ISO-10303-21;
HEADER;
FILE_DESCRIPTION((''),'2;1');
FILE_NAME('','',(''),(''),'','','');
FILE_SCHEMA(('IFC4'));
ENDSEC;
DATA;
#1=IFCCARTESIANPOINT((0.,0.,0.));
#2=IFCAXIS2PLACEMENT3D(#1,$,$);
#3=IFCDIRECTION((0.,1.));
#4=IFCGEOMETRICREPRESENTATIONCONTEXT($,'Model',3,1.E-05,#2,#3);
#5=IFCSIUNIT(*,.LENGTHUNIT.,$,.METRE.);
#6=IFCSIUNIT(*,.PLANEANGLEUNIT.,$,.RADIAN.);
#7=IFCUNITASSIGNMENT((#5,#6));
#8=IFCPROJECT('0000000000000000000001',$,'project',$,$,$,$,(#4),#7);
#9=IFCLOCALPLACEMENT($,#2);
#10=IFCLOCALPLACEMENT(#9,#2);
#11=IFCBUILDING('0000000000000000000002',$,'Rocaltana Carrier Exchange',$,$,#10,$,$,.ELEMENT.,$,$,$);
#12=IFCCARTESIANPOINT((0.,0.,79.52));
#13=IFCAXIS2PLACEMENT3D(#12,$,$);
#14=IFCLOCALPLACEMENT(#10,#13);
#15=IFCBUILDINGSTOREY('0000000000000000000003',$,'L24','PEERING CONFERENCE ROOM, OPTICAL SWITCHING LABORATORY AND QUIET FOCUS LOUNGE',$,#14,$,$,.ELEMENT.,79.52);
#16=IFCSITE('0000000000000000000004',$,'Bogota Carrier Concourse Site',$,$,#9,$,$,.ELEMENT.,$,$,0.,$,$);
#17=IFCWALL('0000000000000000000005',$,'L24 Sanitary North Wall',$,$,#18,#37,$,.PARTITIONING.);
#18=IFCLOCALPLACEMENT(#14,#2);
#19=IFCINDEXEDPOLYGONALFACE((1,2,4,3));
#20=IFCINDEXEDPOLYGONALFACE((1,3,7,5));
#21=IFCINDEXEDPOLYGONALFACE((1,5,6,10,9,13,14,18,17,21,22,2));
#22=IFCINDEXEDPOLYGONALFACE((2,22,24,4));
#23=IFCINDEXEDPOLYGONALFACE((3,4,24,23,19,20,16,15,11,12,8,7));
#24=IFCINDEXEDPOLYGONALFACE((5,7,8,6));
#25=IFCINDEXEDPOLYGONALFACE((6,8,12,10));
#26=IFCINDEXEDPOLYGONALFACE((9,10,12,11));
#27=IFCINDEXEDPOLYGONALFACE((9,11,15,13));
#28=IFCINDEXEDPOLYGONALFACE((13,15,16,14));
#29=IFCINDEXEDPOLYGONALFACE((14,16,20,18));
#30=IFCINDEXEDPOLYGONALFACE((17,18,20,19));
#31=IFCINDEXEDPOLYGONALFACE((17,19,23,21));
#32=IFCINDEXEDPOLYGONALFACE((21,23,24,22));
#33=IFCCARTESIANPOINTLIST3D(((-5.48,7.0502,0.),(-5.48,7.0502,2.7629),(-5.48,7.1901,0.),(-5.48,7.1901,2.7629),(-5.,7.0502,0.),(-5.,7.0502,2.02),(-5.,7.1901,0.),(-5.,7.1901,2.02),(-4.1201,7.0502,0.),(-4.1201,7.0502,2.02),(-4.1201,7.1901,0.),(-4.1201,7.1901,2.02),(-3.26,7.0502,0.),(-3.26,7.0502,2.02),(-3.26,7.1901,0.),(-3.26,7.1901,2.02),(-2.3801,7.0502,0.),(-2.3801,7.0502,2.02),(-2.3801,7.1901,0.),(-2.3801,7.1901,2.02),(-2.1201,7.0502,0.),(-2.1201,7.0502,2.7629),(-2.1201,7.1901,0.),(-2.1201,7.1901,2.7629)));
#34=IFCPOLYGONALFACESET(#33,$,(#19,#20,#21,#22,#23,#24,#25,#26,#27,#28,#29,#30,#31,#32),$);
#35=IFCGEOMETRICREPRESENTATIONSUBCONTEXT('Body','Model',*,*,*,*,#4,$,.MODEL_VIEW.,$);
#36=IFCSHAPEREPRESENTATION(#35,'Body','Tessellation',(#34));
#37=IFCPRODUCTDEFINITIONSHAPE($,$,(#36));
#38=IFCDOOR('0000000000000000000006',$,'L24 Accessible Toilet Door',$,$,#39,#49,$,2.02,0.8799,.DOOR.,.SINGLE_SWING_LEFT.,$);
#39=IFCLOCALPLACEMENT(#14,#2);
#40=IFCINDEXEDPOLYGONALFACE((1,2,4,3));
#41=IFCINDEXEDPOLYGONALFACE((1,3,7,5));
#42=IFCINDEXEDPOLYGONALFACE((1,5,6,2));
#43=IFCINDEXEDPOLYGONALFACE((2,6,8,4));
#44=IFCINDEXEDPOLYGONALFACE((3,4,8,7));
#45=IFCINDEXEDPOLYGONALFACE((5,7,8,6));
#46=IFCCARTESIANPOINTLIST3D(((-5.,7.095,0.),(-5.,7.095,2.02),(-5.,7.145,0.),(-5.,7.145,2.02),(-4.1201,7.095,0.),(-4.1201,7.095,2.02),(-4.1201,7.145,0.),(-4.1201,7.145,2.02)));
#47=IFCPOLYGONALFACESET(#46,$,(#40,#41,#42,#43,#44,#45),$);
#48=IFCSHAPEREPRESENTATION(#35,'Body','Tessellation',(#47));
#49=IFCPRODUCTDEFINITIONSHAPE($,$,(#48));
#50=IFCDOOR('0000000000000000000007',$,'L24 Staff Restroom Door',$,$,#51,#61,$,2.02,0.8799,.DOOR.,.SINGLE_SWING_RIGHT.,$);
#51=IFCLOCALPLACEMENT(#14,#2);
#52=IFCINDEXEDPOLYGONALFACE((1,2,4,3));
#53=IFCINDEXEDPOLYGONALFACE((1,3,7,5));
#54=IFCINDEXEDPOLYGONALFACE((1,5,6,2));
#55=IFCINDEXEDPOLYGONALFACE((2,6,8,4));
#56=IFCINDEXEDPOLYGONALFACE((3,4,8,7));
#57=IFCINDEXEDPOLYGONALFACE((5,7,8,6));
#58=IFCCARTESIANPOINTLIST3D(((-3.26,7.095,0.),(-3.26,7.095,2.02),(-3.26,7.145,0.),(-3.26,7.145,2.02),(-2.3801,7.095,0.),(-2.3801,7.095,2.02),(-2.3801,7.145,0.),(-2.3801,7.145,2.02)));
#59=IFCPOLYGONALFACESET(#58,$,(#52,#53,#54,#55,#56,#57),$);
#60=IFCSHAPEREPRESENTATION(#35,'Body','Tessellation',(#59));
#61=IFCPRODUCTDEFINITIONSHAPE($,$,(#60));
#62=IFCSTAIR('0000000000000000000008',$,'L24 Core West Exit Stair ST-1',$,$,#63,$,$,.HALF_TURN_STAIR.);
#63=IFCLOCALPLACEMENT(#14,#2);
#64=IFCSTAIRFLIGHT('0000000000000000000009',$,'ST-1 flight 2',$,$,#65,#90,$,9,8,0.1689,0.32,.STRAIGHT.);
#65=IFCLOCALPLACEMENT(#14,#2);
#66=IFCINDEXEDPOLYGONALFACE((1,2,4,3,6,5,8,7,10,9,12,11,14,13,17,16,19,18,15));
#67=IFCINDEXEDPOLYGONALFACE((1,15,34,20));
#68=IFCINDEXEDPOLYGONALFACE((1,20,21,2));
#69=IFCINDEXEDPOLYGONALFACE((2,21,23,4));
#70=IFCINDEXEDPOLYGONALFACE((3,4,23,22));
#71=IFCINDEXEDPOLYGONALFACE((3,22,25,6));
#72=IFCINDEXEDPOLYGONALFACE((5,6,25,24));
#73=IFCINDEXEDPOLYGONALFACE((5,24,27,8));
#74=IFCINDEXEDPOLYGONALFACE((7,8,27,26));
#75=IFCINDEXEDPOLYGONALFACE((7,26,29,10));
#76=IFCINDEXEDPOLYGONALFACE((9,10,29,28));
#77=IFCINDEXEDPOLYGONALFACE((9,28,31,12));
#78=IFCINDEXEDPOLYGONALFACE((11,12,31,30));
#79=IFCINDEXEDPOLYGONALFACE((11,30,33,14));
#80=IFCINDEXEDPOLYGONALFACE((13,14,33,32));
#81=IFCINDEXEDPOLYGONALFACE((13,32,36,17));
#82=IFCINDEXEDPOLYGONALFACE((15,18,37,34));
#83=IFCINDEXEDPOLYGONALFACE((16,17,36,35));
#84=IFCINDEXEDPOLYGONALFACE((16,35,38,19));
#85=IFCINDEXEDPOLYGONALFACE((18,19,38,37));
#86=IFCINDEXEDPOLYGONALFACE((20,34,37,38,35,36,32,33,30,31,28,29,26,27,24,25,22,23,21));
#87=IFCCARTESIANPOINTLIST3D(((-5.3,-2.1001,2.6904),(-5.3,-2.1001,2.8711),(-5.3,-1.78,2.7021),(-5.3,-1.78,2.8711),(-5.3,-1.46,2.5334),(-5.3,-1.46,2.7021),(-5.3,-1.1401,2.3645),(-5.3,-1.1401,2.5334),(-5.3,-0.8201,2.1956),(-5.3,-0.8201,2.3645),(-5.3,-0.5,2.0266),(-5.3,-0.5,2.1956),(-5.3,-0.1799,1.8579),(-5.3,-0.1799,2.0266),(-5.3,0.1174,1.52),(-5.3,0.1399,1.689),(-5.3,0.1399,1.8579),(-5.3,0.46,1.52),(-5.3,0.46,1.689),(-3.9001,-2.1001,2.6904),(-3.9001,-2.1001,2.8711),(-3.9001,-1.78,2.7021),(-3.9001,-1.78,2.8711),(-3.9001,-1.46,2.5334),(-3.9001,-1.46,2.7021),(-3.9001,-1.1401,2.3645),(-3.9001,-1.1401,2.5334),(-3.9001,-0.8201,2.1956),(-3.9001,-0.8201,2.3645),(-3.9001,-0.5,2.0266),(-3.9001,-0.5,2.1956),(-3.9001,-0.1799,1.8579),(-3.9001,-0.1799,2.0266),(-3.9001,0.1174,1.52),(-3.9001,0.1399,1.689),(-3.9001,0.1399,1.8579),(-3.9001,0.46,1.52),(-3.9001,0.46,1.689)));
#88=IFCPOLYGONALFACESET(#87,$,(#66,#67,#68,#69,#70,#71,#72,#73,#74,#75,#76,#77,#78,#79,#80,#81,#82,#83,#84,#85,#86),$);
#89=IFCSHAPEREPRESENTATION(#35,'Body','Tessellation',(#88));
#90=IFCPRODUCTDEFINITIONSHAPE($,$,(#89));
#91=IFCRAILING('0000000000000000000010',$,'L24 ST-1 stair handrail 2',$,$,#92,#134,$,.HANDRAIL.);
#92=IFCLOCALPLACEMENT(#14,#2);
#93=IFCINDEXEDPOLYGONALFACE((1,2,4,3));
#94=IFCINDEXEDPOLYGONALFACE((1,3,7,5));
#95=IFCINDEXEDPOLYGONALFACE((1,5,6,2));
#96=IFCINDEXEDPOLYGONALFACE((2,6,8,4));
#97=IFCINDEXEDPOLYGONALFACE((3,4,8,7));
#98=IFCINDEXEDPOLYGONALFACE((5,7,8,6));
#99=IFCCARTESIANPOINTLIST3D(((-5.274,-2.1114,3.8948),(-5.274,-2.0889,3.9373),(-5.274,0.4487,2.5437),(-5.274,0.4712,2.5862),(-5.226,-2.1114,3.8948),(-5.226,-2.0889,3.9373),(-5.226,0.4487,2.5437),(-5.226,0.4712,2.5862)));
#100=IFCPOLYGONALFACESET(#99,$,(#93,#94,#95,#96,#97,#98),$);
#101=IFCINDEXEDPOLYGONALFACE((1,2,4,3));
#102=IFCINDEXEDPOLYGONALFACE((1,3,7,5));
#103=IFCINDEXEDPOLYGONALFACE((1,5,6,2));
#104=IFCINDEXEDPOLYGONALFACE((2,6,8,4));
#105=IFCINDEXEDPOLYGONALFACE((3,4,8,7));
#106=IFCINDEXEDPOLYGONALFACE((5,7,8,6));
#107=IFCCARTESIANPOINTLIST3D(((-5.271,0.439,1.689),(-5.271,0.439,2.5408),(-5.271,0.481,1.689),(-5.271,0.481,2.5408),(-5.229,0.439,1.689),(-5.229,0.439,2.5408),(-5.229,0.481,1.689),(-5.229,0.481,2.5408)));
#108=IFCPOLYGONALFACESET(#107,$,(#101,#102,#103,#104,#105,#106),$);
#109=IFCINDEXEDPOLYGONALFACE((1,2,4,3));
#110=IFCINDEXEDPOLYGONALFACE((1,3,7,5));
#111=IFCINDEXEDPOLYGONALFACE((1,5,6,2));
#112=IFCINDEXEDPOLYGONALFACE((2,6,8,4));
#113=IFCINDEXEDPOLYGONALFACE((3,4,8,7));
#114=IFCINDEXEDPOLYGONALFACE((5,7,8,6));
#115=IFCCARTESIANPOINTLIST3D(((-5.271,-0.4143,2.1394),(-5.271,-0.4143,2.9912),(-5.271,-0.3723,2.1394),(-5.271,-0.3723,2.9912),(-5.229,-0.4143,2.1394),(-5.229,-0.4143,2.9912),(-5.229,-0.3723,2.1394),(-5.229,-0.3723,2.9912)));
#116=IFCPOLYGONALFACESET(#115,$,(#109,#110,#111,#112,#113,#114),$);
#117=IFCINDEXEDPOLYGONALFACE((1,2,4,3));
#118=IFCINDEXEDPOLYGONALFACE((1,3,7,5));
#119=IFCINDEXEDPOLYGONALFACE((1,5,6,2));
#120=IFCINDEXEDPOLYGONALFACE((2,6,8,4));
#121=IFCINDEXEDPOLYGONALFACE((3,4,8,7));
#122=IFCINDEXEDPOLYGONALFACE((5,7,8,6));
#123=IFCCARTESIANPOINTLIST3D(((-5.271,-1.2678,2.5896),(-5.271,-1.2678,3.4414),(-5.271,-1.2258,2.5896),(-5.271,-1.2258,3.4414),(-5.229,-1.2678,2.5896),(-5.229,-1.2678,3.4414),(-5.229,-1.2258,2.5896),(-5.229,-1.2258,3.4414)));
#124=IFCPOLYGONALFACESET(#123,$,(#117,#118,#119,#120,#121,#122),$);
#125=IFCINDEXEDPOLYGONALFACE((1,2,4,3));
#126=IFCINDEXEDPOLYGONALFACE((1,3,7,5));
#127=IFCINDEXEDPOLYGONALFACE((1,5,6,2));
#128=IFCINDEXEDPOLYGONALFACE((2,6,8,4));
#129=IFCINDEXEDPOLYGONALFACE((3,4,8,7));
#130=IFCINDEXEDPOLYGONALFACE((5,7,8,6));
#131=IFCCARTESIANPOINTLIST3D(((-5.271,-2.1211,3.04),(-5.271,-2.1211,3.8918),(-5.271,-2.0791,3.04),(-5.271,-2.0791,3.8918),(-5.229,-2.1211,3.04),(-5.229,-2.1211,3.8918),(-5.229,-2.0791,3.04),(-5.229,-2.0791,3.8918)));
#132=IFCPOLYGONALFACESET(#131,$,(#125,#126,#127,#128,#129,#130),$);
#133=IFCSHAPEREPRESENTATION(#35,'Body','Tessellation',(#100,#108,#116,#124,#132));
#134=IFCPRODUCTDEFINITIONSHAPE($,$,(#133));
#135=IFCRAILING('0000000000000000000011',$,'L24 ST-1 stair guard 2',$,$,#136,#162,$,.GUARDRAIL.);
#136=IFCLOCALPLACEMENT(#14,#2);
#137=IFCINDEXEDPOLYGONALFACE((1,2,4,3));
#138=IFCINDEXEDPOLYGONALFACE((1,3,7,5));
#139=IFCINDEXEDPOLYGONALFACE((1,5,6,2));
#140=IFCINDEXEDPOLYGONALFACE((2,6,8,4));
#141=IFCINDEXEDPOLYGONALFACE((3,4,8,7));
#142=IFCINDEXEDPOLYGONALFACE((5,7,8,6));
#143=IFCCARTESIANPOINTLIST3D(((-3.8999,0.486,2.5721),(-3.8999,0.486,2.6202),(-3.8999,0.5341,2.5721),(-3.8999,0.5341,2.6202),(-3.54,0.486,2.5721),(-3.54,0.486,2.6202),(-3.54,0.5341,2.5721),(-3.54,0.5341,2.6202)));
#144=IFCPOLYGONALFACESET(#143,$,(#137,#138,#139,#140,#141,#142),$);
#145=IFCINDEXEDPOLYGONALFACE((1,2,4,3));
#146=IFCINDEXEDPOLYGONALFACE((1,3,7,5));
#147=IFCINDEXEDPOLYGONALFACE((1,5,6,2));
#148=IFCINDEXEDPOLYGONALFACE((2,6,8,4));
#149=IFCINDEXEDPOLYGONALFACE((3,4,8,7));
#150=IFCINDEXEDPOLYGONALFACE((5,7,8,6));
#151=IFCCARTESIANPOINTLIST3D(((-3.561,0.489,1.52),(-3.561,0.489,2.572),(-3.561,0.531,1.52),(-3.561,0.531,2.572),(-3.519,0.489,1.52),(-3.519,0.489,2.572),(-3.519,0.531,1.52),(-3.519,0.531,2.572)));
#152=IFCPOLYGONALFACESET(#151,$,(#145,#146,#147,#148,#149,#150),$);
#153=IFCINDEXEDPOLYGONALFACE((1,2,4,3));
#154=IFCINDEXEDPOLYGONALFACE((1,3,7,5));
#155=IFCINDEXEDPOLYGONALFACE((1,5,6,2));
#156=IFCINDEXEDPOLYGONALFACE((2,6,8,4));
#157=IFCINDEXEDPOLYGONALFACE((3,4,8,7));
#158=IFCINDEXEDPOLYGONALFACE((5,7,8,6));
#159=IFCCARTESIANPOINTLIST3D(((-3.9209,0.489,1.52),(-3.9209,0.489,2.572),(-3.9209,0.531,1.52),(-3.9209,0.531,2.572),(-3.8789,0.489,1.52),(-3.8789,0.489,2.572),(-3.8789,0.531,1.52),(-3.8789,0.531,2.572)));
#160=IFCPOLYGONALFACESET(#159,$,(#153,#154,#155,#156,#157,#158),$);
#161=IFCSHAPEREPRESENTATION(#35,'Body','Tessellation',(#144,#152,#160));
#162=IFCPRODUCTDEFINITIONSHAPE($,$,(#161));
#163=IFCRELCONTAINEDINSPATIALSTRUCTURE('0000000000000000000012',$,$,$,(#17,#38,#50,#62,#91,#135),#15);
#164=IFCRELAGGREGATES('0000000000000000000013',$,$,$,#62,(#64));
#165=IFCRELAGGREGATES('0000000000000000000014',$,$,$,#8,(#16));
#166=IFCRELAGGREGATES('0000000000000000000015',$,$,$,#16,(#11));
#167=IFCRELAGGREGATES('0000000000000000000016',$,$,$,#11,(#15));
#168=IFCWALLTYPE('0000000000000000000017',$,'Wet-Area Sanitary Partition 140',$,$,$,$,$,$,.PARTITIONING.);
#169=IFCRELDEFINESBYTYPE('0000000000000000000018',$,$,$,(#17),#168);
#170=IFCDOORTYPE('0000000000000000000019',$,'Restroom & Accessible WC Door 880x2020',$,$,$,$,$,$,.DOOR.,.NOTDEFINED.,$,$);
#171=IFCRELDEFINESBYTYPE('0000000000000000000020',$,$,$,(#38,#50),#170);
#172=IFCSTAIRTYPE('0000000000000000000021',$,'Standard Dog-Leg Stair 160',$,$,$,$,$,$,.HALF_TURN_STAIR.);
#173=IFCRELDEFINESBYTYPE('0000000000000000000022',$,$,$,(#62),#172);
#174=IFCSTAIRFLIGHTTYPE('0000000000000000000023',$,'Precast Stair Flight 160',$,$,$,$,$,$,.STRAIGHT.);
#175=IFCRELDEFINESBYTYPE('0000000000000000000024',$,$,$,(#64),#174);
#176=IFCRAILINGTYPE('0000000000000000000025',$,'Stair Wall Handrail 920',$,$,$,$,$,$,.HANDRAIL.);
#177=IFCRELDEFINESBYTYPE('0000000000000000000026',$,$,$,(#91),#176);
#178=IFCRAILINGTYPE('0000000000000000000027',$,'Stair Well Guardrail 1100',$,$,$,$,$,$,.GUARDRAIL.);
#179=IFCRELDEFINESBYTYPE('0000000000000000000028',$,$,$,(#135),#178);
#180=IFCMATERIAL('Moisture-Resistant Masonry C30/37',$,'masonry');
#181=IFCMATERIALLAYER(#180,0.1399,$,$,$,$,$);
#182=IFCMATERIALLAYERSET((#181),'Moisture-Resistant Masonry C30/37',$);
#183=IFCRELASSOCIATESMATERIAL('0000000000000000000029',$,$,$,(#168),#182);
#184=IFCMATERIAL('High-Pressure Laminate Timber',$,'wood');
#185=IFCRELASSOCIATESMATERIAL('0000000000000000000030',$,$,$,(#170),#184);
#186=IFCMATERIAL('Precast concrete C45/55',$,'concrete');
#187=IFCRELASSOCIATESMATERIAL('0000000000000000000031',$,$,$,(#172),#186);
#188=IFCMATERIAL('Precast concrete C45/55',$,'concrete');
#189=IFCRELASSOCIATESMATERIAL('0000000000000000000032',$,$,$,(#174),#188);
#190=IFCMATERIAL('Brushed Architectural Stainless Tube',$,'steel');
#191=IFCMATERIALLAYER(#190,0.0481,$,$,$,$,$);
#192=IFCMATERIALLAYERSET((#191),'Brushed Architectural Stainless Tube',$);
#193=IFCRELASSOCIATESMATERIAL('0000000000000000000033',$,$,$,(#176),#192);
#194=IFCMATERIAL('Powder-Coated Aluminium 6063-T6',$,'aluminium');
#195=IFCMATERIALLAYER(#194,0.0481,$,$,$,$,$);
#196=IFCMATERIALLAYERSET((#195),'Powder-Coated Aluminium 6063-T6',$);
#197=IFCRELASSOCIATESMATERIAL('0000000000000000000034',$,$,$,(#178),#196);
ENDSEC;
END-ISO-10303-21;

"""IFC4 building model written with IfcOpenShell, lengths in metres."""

from ifc_helpers import new_model, si_unit, direction, frame, frame_2d, origin, origin_2d, place, context, subcontext, project, spatial, polyline, rectangle, outline, extrude, material, layer, layer_set, type_object, element, fill, aggregate, save


model = new_model("IFC4")

# Units and contexts
model_context = context("Model", 3, precision=1e-05, world=origin(), true_north=direction((0.0, 1.0)))
body_context = subcontext(model_context, "Body", "Model", "MODEL_VIEW")
ifc_project = project(units=[si_unit("LENGTHUNIT", "METRE"), si_unit("PLANEANGLEUNIT", "RADIAN")], contexts=[model_context])

# Site, building, storey
site_placement = place(None, origin())
site = spatial("IfcSite", under=ifc_project, at=site_placement, Name="Bogota Carrier Concourse Site", CompositionType="ELEMENT", RefElevation=0.0)
building_placement = place(site_placement, origin())
building = spatial("IfcBuilding", under=site, at=building_placement, Name="Rocaltana Carrier Exchange", CompositionType="ELEMENT")
storey_placement = place(building_placement, frame((0.0, 0.0, 79.52)))
storey = spatial("IfcBuildingStorey", under=building, at=storey_placement, Name="L24", Description="PEERING CONFERENCE ROOM, OPTICAL SWITCHING LABORATORY AND QUIET FOCUS LOUNGE", CompositionType="ELEMENT", Elevation=79.52)

# Shared definitions
ifc_material_1 = material(Name="Moisture-Resistant Masonry C30/37", Category="masonry")
ifc_layer_1 = layer(ifc_material_1, 0.1399)
ifc_layer_set_1 = layer_set([ifc_layer_1], Name="Moisture-Resistant Masonry C30/37")
wall_type_1 = type_object("IfcWallType", Name="Wet-Area Sanitary Partition 140", PredefinedType="PARTITIONING", material=ifc_layer_set_1)

# Wall, openings, doors
wall_1_placement = place(storey_placement, frame((-5.48, 7.1201, 0.0), z_axis=(0.0, 0.0, 1.0), x_axis=(1.0, 0.0, 0.0)))
wall_1 = element("IfcWall", 1, at=wall_1_placement, inside=storey, type_object=wall_type_1, Name="L24 Sanitary North Wall", PredefinedType="PARTITIONING", context=body_context, shape_type="SweptSolid", body=[
    extrude(rectangle(XDim=3.3599, YDim=0.1399, at=frame_2d((1.6799, 0.0))), origin(), (0.0, 0.0, 1.0), 2.7629),
])
opening_1_placement = place(wall_1_placement, frame((0.48, 0.0, 0.0)))
opening_1 = element("IfcOpeningElement", 2, at=opening_1_placement, cuts=wall_1, PredefinedType="OPENING", context=body_context, shape_type="SweptSolid", body=[
    extrude(rectangle(XDim=0.8799, YDim=2.02, at=frame_2d((0.4399, 1.01))), frame((0.0, 0.0798, 0.0), z_axis=(0.0, -1.0, 0.0), x_axis=(1.0, 0.0, 0.0)), (0.0, 0.0, 1.0), 0.1599),
])
opening_2_placement = place(wall_1_placement, frame((2.22, 0.0, 0.0)))
opening_2 = element("IfcOpeningElement", 3, at=opening_2_placement, cuts=wall_1, PredefinedType="OPENING", context=body_context, shape_type="SweptSolid", body=[
    extrude(rectangle(XDim=0.8799, YDim=2.02, at=frame_2d((0.4399, 1.01))), frame((0.0, 0.0798, 0.0), z_axis=(0.0, -1.0, 0.0), x_axis=(1.0, 0.0, 0.0)), (0.0, 0.0, 1.0), 0.1599),
])
ifc_material_2 = material(Name="High-Pressure Laminate Timber", Category="wood")
door_type = type_object("IfcDoorType", Name="Restroom & Accessible WC Door 880x2020", OperationType="NOTDEFINED", PredefinedType="DOOR", material=ifc_material_2)
door_1_placement = place(opening_1_placement, origin())
door_1 = element("IfcDoor", 4, at=door_1_placement, inside=storey, type_object=door_type, Name="L24 Accessible Toilet Door", OperationType="SINGLE_SWING_LEFT", OverallHeight=2.02, OverallWidth=0.8799, PredefinedType="DOOR", context=body_context, shape_type="SweptSolid", body=[
    extrude(rectangle(XDim=0.8799, YDim=2.02, at=frame_2d((0.4399, 1.01))), frame((0.0, 0.0249, 0.0), z_axis=(0.0, -1.0, 0.0), x_axis=(1.0, 0.0, 0.0)), (0.0, 0.0, 1.0), 0.05),
])
fill(opening_1, door_1)
door_2_placement = place(opening_2_placement, origin())
door_2 = element("IfcDoor", 5, at=door_2_placement, inside=storey, type_object=door_type, Name="L24 Staff Restroom Door", OperationType="SINGLE_SWING_RIGHT", OverallHeight=2.02, OverallWidth=0.8799, PredefinedType="DOOR", context=body_context, shape_type="SweptSolid", body=[
    extrude(rectangle(XDim=0.8799, YDim=2.02, at=frame_2d((0.4399, 1.01))), frame((0.0, 0.0249, 0.0), z_axis=(0.0, -1.0, 0.0), x_axis=(1.0, 0.0, 0.0)), (0.0, 0.0, 1.0), 0.05),
])
fill(opening_2, door_2)

# Stair, stair flight
ifc_material_3 = material(Name="Precast concrete C45/55", Category="concrete")
stair_type = type_object("IfcStairType", Name="Standard Dog-Leg Stair 160", PredefinedType="HALF_TURN_STAIR", material=ifc_material_3)
stair_placement = place(storey_placement, origin())
stair = element("IfcStair", 6, at=stair_placement, inside=storey, type_object=stair_type, Name="L24 Core West Exit Stair ST-1", PredefinedType="HALF_TURN_STAIR")
ifc_material_4 = material(Name="Precast concrete C45/55", Category="concrete")
stair_flight_type = type_object("IfcStairFlightType", Name="Precast Stair Flight 160", PredefinedType="STRAIGHT", material=ifc_material_4)
stair_flight_placement = place(storey_placement, frame((-4.6001, 0.46, 1.52), z_axis=(0.0, 0.0, 1.0), x_axis=(0.0, -1.0, 0.0)))
stair_flight = element("IfcStairFlight", 7, at=stair_flight_placement, type_object=stair_flight_type, Name="ST-1 flight 2", NumberOfRisers=9, NumberOfTreads=8, PredefinedType="STRAIGHT", RiserHeight=0.1689, TreadLength=0.32, context=body_context, shape_type="SweptSolid", body=[
    extrude(outline(polyline([(0.0, 0.0), (0.0, 0.1689), (0.3201, 0.1689), (0.3201, 0.3379), (0.6399, 0.3379), (0.6399, 0.5066), (0.96, 0.5066), (0.96, 0.6755), (1.28, 0.6755), (1.28, 0.8445), (1.6001, 0.8445), (1.6001, 1.0134), (1.9199, 1.0134), (1.9199, 1.1821), (2.24, 1.1821), (2.24, 1.3511), (2.5601, 1.3511), (2.5601, 1.52), (2.5601, 1.1704), (0.3425, 0.0), (0.0, 0.0)])), frame((0.0, 0.7, 0.0), z_axis=(0.0, -1.0, 0.0), x_axis=(1.0, 0.0, 0.0)), (0.0, 0.0, 1.0), 1.3999),
])
aggregate(stair, [stair_flight])

# Railings
ifc_material_5 = material(Name="Brushed Architectural Stainless Tube", Category="steel")
ifc_layer_2 = layer(ifc_material_5, 0.0481)
ifc_layer_set_2 = layer_set([ifc_layer_2], Name="Brushed Architectural Stainless Tube")
railing_type_1 = type_object("IfcRailingType", Name="Stair Wall Handrail 920", PredefinedType="HANDRAIL", material=ifc_layer_set_2)
railing_1_placement = place(storey_placement, frame((-5.25, 0.46, 1.689)))
element("IfcRailing", 8, at=railing_1_placement, inside=storey, type_object=railing_type_1, Name="L24 ST-1 stair handrail 2", PredefinedType="HANDRAIL", context=body_context, shape_type="SweptSolid", body=[
    extrude(rectangle(XDim=0.0481, YDim=0.0481, at=origin_2d()), frame((0.0, 0.0, 0.876), z_axis=(0.0, -0.884394, 0.46674), x_axis=(1.0, 0.0, 0.0)), (0.0, 0.0, 1.0), 2.8948),
    extrude(rectangle(XDim=0.042, YDim=0.042, at=origin_2d()), origin(), (0.0, 0.0, 1.0), 0.8518),
    extrude(rectangle(XDim=0.042, YDim=0.042, at=origin_2d()), frame((0.0, -0.8533, 0.4504)), (0.0, 0.0, 1.0), 0.8518),
    extrude(rectangle(XDim=0.042, YDim=0.042, at=origin_2d()), frame((0.0, -1.7068, 0.9006)), (0.0, 0.0, 1.0), 0.8518),
    extrude(rectangle(XDim=0.042, YDim=0.042, at=origin_2d()), frame((0.0, -2.5601, 1.3511)), (0.0, 0.0, 1.0), 0.8518),
])
ifc_material_6 = material(Name="Powder-Coated Aluminium 6063-T6", Category="aluminium")
ifc_layer_3 = layer(ifc_material_6, 0.0481)
ifc_layer_set_3 = layer_set([ifc_layer_3], Name="Powder-Coated Aluminium 6063-T6")
railing_type_2 = type_object("IfcRailingType", Name="Stair Well Guardrail 1100", PredefinedType="GUARDRAIL", material=ifc_layer_set_3)
railing_2_placement = place(storey_placement, frame((-3.54, 0.51, 1.52)))
element("IfcRailing", 9, at=railing_2_placement, inside=storey, type_object=railing_type_2, Name="L24 ST-1 stair guard 2", PredefinedType="GUARDRAIL", context=body_context, shape_type="SweptSolid", body=[
    extrude(rectangle(XDim=0.0481, YDim=0.0481, at=origin_2d()), frame((0.0, 0.0, 1.0762), z_axis=(-1.0, 0.0, 0.0), x_axis=(0.0, -1.0, 0.0)), (0.0, 0.0, 1.0), 0.3599),
    extrude(rectangle(XDim=0.042, YDim=0.042, at=origin_2d()), origin(), (0.0, 0.0, 1.0), 1.052),
    extrude(rectangle(XDim=0.042, YDim=0.042, at=origin_2d()), frame((-0.3599, 0.0, 0.0)), (0.0, 0.0, 1.0), 1.052),
])

save(model, "model.ifc")
